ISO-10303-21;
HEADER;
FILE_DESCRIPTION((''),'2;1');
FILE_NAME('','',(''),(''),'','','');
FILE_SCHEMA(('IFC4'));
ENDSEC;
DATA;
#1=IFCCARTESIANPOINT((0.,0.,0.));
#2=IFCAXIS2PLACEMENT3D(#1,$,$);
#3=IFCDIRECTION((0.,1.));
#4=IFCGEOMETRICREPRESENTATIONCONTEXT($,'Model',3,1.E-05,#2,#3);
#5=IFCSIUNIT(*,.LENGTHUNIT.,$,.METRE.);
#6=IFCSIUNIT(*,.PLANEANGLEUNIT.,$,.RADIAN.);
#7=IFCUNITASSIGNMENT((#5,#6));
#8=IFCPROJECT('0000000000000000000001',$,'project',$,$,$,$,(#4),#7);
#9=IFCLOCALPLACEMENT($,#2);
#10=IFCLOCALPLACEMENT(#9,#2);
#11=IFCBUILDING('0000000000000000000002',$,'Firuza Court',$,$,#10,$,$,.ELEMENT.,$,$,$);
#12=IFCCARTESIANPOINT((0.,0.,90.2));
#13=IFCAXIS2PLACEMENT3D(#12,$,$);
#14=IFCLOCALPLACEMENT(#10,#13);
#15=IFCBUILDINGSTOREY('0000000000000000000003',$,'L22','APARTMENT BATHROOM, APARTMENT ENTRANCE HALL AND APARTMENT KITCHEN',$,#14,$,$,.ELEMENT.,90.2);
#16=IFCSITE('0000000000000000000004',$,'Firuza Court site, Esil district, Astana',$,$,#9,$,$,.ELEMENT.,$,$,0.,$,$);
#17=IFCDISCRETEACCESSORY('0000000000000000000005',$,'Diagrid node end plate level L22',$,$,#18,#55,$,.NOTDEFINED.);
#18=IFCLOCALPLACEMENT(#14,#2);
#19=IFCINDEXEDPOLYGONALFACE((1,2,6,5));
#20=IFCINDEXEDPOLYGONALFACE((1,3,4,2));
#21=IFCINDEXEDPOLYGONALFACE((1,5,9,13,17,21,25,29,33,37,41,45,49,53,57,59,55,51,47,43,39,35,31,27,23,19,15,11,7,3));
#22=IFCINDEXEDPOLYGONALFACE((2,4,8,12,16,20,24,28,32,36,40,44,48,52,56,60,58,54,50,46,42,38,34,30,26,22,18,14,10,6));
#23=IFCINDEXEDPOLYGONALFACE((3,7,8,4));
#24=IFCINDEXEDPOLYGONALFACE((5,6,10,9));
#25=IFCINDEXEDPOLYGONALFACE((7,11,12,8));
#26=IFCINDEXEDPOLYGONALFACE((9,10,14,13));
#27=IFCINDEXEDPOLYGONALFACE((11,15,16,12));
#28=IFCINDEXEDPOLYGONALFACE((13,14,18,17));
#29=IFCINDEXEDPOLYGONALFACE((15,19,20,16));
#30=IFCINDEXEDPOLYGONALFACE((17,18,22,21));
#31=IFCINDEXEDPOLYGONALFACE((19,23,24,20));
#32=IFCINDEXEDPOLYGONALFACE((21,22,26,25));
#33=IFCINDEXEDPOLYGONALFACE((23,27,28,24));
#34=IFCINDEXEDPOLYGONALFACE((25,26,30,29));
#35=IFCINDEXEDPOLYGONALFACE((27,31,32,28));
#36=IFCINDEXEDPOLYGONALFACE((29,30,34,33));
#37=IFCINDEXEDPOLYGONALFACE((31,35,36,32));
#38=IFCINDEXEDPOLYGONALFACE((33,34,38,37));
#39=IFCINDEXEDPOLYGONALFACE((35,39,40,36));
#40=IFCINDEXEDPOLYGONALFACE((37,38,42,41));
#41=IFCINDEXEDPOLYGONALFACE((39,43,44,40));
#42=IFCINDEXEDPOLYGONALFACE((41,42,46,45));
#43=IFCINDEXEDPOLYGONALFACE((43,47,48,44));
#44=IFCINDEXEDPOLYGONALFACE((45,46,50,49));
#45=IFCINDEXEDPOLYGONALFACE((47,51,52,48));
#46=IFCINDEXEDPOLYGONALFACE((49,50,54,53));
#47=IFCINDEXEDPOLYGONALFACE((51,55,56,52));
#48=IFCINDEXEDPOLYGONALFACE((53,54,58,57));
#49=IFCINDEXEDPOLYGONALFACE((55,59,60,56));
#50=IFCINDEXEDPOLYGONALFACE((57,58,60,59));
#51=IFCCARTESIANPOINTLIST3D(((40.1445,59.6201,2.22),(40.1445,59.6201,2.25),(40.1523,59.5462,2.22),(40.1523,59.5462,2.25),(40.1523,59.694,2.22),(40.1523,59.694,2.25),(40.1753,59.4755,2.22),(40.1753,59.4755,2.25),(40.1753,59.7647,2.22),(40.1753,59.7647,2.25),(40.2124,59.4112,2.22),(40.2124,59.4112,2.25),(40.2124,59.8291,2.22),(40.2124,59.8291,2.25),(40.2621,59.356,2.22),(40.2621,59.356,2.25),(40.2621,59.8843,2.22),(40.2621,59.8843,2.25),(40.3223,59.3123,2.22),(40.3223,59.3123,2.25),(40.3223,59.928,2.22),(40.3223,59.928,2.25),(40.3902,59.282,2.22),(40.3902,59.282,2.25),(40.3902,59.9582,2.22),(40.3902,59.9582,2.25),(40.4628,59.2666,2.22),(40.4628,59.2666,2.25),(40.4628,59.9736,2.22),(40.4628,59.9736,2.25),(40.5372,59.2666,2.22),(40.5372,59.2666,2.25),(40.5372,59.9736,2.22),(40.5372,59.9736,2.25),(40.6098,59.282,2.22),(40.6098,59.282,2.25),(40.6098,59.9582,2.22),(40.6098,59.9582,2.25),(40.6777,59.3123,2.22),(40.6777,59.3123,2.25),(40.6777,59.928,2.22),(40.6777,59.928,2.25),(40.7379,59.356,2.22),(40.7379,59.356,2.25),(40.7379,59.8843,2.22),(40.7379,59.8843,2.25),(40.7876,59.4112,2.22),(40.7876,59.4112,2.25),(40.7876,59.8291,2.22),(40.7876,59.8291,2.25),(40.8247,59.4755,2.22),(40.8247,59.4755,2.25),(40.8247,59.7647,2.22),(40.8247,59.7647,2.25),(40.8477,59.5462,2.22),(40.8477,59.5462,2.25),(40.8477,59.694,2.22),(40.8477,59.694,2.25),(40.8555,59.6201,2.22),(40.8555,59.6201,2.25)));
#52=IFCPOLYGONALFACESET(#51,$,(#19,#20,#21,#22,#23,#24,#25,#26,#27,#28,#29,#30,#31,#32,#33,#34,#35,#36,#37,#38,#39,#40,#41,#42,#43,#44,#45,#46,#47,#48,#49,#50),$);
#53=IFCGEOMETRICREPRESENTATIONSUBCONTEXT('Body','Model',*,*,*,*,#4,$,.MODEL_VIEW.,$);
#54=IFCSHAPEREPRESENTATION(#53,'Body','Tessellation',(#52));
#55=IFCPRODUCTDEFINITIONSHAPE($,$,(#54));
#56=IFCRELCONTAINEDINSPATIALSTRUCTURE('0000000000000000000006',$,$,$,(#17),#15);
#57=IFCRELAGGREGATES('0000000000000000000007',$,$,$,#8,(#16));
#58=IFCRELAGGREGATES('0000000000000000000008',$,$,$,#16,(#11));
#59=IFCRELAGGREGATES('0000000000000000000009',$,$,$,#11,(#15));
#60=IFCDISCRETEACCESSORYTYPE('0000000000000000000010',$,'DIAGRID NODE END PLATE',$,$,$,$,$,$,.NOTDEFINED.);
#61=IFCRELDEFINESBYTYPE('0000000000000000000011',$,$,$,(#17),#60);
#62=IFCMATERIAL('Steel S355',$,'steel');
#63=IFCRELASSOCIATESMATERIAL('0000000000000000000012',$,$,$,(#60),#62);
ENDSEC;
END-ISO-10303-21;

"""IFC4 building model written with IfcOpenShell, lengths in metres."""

from ifc_helpers import new_model, si_unit, direction, frame, origin, origin_2d, place, context, subcontext, project, spatial, circle, extrude, material, material_profile, profile_set, type_object, element, save


model = new_model("IFC4")

# Units and contexts
model_context = context("Model", 3, precision=1e-05, world=origin(), true_north=direction((0.0, 1.0)))
body_context = subcontext(model_context, "Body", "Model", "MODEL_VIEW")
ifc_project = project(units=[si_unit("LENGTHUNIT", "METRE"), si_unit("PLANEANGLEUNIT", "RADIAN")], contexts=[model_context])

# Site, building, storey
site_placement = place(None, origin())
site = spatial("IfcSite", under=ifc_project, at=site_placement, Name="Firuza Court site, Esil district, Astana", CompositionType="ELEMENT", RefElevation=0.0)
building_placement = place(site_placement, origin())
building = spatial("IfcBuilding", under=site, at=building_placement, Name="Firuza Court", CompositionType="ELEMENT")
storey_placement = place(building_placement, frame((0.0, 0.0, 90.2)))
storey = spatial("IfcBuildingStorey", under=building, at=storey_placement, Name="L22", Description="APARTMENT BATHROOM, APARTMENT ENTRANCE HALL AND APARTMENT KITCHEN", CompositionType="ELEMENT", Elevation=90.2)

# Discrete accessory
ifc_material_1 = material(Name="Steel S355", Category="steel")
ifc_material_profile_1 = material_profile(ifc_material_1, circle(Radius=0.3555, at=origin_2d()), Name="PL D711")
ifc_profile_set_1 = profile_set([ifc_material_profile_1], Name="Steel S355")
discrete_accessory_type = type_object("IfcDiscreteAccessoryType", Name="DIAGRID NODE END PLATE", PredefinedType="NOTDEFINED", material=ifc_profile_set_1)
for number, where, z_axis, x_axis, name in (
    (1, (40.5, 59.6201, 2.22), (0.0, 0.0, 1.0), (1.0, 0.0, 0.0), "Diagrid node end plate level L22"),
):
    element("IfcDiscreteAccessory", number, at=place(storey_placement, frame(where, z_axis=z_axis, x_axis=x_axis)), inside=storey, type_object=discrete_accessory_type, Name=name, PredefinedType="NOTDEFINED", context=body_context, shape_type="SweptSolid", body=[
        extrude(circle(Radius=0.3555, at=origin_2d()), origin(), (0.0, 0.0, 1.0), 0.03),
    ])

save(model, "model.ifc")
